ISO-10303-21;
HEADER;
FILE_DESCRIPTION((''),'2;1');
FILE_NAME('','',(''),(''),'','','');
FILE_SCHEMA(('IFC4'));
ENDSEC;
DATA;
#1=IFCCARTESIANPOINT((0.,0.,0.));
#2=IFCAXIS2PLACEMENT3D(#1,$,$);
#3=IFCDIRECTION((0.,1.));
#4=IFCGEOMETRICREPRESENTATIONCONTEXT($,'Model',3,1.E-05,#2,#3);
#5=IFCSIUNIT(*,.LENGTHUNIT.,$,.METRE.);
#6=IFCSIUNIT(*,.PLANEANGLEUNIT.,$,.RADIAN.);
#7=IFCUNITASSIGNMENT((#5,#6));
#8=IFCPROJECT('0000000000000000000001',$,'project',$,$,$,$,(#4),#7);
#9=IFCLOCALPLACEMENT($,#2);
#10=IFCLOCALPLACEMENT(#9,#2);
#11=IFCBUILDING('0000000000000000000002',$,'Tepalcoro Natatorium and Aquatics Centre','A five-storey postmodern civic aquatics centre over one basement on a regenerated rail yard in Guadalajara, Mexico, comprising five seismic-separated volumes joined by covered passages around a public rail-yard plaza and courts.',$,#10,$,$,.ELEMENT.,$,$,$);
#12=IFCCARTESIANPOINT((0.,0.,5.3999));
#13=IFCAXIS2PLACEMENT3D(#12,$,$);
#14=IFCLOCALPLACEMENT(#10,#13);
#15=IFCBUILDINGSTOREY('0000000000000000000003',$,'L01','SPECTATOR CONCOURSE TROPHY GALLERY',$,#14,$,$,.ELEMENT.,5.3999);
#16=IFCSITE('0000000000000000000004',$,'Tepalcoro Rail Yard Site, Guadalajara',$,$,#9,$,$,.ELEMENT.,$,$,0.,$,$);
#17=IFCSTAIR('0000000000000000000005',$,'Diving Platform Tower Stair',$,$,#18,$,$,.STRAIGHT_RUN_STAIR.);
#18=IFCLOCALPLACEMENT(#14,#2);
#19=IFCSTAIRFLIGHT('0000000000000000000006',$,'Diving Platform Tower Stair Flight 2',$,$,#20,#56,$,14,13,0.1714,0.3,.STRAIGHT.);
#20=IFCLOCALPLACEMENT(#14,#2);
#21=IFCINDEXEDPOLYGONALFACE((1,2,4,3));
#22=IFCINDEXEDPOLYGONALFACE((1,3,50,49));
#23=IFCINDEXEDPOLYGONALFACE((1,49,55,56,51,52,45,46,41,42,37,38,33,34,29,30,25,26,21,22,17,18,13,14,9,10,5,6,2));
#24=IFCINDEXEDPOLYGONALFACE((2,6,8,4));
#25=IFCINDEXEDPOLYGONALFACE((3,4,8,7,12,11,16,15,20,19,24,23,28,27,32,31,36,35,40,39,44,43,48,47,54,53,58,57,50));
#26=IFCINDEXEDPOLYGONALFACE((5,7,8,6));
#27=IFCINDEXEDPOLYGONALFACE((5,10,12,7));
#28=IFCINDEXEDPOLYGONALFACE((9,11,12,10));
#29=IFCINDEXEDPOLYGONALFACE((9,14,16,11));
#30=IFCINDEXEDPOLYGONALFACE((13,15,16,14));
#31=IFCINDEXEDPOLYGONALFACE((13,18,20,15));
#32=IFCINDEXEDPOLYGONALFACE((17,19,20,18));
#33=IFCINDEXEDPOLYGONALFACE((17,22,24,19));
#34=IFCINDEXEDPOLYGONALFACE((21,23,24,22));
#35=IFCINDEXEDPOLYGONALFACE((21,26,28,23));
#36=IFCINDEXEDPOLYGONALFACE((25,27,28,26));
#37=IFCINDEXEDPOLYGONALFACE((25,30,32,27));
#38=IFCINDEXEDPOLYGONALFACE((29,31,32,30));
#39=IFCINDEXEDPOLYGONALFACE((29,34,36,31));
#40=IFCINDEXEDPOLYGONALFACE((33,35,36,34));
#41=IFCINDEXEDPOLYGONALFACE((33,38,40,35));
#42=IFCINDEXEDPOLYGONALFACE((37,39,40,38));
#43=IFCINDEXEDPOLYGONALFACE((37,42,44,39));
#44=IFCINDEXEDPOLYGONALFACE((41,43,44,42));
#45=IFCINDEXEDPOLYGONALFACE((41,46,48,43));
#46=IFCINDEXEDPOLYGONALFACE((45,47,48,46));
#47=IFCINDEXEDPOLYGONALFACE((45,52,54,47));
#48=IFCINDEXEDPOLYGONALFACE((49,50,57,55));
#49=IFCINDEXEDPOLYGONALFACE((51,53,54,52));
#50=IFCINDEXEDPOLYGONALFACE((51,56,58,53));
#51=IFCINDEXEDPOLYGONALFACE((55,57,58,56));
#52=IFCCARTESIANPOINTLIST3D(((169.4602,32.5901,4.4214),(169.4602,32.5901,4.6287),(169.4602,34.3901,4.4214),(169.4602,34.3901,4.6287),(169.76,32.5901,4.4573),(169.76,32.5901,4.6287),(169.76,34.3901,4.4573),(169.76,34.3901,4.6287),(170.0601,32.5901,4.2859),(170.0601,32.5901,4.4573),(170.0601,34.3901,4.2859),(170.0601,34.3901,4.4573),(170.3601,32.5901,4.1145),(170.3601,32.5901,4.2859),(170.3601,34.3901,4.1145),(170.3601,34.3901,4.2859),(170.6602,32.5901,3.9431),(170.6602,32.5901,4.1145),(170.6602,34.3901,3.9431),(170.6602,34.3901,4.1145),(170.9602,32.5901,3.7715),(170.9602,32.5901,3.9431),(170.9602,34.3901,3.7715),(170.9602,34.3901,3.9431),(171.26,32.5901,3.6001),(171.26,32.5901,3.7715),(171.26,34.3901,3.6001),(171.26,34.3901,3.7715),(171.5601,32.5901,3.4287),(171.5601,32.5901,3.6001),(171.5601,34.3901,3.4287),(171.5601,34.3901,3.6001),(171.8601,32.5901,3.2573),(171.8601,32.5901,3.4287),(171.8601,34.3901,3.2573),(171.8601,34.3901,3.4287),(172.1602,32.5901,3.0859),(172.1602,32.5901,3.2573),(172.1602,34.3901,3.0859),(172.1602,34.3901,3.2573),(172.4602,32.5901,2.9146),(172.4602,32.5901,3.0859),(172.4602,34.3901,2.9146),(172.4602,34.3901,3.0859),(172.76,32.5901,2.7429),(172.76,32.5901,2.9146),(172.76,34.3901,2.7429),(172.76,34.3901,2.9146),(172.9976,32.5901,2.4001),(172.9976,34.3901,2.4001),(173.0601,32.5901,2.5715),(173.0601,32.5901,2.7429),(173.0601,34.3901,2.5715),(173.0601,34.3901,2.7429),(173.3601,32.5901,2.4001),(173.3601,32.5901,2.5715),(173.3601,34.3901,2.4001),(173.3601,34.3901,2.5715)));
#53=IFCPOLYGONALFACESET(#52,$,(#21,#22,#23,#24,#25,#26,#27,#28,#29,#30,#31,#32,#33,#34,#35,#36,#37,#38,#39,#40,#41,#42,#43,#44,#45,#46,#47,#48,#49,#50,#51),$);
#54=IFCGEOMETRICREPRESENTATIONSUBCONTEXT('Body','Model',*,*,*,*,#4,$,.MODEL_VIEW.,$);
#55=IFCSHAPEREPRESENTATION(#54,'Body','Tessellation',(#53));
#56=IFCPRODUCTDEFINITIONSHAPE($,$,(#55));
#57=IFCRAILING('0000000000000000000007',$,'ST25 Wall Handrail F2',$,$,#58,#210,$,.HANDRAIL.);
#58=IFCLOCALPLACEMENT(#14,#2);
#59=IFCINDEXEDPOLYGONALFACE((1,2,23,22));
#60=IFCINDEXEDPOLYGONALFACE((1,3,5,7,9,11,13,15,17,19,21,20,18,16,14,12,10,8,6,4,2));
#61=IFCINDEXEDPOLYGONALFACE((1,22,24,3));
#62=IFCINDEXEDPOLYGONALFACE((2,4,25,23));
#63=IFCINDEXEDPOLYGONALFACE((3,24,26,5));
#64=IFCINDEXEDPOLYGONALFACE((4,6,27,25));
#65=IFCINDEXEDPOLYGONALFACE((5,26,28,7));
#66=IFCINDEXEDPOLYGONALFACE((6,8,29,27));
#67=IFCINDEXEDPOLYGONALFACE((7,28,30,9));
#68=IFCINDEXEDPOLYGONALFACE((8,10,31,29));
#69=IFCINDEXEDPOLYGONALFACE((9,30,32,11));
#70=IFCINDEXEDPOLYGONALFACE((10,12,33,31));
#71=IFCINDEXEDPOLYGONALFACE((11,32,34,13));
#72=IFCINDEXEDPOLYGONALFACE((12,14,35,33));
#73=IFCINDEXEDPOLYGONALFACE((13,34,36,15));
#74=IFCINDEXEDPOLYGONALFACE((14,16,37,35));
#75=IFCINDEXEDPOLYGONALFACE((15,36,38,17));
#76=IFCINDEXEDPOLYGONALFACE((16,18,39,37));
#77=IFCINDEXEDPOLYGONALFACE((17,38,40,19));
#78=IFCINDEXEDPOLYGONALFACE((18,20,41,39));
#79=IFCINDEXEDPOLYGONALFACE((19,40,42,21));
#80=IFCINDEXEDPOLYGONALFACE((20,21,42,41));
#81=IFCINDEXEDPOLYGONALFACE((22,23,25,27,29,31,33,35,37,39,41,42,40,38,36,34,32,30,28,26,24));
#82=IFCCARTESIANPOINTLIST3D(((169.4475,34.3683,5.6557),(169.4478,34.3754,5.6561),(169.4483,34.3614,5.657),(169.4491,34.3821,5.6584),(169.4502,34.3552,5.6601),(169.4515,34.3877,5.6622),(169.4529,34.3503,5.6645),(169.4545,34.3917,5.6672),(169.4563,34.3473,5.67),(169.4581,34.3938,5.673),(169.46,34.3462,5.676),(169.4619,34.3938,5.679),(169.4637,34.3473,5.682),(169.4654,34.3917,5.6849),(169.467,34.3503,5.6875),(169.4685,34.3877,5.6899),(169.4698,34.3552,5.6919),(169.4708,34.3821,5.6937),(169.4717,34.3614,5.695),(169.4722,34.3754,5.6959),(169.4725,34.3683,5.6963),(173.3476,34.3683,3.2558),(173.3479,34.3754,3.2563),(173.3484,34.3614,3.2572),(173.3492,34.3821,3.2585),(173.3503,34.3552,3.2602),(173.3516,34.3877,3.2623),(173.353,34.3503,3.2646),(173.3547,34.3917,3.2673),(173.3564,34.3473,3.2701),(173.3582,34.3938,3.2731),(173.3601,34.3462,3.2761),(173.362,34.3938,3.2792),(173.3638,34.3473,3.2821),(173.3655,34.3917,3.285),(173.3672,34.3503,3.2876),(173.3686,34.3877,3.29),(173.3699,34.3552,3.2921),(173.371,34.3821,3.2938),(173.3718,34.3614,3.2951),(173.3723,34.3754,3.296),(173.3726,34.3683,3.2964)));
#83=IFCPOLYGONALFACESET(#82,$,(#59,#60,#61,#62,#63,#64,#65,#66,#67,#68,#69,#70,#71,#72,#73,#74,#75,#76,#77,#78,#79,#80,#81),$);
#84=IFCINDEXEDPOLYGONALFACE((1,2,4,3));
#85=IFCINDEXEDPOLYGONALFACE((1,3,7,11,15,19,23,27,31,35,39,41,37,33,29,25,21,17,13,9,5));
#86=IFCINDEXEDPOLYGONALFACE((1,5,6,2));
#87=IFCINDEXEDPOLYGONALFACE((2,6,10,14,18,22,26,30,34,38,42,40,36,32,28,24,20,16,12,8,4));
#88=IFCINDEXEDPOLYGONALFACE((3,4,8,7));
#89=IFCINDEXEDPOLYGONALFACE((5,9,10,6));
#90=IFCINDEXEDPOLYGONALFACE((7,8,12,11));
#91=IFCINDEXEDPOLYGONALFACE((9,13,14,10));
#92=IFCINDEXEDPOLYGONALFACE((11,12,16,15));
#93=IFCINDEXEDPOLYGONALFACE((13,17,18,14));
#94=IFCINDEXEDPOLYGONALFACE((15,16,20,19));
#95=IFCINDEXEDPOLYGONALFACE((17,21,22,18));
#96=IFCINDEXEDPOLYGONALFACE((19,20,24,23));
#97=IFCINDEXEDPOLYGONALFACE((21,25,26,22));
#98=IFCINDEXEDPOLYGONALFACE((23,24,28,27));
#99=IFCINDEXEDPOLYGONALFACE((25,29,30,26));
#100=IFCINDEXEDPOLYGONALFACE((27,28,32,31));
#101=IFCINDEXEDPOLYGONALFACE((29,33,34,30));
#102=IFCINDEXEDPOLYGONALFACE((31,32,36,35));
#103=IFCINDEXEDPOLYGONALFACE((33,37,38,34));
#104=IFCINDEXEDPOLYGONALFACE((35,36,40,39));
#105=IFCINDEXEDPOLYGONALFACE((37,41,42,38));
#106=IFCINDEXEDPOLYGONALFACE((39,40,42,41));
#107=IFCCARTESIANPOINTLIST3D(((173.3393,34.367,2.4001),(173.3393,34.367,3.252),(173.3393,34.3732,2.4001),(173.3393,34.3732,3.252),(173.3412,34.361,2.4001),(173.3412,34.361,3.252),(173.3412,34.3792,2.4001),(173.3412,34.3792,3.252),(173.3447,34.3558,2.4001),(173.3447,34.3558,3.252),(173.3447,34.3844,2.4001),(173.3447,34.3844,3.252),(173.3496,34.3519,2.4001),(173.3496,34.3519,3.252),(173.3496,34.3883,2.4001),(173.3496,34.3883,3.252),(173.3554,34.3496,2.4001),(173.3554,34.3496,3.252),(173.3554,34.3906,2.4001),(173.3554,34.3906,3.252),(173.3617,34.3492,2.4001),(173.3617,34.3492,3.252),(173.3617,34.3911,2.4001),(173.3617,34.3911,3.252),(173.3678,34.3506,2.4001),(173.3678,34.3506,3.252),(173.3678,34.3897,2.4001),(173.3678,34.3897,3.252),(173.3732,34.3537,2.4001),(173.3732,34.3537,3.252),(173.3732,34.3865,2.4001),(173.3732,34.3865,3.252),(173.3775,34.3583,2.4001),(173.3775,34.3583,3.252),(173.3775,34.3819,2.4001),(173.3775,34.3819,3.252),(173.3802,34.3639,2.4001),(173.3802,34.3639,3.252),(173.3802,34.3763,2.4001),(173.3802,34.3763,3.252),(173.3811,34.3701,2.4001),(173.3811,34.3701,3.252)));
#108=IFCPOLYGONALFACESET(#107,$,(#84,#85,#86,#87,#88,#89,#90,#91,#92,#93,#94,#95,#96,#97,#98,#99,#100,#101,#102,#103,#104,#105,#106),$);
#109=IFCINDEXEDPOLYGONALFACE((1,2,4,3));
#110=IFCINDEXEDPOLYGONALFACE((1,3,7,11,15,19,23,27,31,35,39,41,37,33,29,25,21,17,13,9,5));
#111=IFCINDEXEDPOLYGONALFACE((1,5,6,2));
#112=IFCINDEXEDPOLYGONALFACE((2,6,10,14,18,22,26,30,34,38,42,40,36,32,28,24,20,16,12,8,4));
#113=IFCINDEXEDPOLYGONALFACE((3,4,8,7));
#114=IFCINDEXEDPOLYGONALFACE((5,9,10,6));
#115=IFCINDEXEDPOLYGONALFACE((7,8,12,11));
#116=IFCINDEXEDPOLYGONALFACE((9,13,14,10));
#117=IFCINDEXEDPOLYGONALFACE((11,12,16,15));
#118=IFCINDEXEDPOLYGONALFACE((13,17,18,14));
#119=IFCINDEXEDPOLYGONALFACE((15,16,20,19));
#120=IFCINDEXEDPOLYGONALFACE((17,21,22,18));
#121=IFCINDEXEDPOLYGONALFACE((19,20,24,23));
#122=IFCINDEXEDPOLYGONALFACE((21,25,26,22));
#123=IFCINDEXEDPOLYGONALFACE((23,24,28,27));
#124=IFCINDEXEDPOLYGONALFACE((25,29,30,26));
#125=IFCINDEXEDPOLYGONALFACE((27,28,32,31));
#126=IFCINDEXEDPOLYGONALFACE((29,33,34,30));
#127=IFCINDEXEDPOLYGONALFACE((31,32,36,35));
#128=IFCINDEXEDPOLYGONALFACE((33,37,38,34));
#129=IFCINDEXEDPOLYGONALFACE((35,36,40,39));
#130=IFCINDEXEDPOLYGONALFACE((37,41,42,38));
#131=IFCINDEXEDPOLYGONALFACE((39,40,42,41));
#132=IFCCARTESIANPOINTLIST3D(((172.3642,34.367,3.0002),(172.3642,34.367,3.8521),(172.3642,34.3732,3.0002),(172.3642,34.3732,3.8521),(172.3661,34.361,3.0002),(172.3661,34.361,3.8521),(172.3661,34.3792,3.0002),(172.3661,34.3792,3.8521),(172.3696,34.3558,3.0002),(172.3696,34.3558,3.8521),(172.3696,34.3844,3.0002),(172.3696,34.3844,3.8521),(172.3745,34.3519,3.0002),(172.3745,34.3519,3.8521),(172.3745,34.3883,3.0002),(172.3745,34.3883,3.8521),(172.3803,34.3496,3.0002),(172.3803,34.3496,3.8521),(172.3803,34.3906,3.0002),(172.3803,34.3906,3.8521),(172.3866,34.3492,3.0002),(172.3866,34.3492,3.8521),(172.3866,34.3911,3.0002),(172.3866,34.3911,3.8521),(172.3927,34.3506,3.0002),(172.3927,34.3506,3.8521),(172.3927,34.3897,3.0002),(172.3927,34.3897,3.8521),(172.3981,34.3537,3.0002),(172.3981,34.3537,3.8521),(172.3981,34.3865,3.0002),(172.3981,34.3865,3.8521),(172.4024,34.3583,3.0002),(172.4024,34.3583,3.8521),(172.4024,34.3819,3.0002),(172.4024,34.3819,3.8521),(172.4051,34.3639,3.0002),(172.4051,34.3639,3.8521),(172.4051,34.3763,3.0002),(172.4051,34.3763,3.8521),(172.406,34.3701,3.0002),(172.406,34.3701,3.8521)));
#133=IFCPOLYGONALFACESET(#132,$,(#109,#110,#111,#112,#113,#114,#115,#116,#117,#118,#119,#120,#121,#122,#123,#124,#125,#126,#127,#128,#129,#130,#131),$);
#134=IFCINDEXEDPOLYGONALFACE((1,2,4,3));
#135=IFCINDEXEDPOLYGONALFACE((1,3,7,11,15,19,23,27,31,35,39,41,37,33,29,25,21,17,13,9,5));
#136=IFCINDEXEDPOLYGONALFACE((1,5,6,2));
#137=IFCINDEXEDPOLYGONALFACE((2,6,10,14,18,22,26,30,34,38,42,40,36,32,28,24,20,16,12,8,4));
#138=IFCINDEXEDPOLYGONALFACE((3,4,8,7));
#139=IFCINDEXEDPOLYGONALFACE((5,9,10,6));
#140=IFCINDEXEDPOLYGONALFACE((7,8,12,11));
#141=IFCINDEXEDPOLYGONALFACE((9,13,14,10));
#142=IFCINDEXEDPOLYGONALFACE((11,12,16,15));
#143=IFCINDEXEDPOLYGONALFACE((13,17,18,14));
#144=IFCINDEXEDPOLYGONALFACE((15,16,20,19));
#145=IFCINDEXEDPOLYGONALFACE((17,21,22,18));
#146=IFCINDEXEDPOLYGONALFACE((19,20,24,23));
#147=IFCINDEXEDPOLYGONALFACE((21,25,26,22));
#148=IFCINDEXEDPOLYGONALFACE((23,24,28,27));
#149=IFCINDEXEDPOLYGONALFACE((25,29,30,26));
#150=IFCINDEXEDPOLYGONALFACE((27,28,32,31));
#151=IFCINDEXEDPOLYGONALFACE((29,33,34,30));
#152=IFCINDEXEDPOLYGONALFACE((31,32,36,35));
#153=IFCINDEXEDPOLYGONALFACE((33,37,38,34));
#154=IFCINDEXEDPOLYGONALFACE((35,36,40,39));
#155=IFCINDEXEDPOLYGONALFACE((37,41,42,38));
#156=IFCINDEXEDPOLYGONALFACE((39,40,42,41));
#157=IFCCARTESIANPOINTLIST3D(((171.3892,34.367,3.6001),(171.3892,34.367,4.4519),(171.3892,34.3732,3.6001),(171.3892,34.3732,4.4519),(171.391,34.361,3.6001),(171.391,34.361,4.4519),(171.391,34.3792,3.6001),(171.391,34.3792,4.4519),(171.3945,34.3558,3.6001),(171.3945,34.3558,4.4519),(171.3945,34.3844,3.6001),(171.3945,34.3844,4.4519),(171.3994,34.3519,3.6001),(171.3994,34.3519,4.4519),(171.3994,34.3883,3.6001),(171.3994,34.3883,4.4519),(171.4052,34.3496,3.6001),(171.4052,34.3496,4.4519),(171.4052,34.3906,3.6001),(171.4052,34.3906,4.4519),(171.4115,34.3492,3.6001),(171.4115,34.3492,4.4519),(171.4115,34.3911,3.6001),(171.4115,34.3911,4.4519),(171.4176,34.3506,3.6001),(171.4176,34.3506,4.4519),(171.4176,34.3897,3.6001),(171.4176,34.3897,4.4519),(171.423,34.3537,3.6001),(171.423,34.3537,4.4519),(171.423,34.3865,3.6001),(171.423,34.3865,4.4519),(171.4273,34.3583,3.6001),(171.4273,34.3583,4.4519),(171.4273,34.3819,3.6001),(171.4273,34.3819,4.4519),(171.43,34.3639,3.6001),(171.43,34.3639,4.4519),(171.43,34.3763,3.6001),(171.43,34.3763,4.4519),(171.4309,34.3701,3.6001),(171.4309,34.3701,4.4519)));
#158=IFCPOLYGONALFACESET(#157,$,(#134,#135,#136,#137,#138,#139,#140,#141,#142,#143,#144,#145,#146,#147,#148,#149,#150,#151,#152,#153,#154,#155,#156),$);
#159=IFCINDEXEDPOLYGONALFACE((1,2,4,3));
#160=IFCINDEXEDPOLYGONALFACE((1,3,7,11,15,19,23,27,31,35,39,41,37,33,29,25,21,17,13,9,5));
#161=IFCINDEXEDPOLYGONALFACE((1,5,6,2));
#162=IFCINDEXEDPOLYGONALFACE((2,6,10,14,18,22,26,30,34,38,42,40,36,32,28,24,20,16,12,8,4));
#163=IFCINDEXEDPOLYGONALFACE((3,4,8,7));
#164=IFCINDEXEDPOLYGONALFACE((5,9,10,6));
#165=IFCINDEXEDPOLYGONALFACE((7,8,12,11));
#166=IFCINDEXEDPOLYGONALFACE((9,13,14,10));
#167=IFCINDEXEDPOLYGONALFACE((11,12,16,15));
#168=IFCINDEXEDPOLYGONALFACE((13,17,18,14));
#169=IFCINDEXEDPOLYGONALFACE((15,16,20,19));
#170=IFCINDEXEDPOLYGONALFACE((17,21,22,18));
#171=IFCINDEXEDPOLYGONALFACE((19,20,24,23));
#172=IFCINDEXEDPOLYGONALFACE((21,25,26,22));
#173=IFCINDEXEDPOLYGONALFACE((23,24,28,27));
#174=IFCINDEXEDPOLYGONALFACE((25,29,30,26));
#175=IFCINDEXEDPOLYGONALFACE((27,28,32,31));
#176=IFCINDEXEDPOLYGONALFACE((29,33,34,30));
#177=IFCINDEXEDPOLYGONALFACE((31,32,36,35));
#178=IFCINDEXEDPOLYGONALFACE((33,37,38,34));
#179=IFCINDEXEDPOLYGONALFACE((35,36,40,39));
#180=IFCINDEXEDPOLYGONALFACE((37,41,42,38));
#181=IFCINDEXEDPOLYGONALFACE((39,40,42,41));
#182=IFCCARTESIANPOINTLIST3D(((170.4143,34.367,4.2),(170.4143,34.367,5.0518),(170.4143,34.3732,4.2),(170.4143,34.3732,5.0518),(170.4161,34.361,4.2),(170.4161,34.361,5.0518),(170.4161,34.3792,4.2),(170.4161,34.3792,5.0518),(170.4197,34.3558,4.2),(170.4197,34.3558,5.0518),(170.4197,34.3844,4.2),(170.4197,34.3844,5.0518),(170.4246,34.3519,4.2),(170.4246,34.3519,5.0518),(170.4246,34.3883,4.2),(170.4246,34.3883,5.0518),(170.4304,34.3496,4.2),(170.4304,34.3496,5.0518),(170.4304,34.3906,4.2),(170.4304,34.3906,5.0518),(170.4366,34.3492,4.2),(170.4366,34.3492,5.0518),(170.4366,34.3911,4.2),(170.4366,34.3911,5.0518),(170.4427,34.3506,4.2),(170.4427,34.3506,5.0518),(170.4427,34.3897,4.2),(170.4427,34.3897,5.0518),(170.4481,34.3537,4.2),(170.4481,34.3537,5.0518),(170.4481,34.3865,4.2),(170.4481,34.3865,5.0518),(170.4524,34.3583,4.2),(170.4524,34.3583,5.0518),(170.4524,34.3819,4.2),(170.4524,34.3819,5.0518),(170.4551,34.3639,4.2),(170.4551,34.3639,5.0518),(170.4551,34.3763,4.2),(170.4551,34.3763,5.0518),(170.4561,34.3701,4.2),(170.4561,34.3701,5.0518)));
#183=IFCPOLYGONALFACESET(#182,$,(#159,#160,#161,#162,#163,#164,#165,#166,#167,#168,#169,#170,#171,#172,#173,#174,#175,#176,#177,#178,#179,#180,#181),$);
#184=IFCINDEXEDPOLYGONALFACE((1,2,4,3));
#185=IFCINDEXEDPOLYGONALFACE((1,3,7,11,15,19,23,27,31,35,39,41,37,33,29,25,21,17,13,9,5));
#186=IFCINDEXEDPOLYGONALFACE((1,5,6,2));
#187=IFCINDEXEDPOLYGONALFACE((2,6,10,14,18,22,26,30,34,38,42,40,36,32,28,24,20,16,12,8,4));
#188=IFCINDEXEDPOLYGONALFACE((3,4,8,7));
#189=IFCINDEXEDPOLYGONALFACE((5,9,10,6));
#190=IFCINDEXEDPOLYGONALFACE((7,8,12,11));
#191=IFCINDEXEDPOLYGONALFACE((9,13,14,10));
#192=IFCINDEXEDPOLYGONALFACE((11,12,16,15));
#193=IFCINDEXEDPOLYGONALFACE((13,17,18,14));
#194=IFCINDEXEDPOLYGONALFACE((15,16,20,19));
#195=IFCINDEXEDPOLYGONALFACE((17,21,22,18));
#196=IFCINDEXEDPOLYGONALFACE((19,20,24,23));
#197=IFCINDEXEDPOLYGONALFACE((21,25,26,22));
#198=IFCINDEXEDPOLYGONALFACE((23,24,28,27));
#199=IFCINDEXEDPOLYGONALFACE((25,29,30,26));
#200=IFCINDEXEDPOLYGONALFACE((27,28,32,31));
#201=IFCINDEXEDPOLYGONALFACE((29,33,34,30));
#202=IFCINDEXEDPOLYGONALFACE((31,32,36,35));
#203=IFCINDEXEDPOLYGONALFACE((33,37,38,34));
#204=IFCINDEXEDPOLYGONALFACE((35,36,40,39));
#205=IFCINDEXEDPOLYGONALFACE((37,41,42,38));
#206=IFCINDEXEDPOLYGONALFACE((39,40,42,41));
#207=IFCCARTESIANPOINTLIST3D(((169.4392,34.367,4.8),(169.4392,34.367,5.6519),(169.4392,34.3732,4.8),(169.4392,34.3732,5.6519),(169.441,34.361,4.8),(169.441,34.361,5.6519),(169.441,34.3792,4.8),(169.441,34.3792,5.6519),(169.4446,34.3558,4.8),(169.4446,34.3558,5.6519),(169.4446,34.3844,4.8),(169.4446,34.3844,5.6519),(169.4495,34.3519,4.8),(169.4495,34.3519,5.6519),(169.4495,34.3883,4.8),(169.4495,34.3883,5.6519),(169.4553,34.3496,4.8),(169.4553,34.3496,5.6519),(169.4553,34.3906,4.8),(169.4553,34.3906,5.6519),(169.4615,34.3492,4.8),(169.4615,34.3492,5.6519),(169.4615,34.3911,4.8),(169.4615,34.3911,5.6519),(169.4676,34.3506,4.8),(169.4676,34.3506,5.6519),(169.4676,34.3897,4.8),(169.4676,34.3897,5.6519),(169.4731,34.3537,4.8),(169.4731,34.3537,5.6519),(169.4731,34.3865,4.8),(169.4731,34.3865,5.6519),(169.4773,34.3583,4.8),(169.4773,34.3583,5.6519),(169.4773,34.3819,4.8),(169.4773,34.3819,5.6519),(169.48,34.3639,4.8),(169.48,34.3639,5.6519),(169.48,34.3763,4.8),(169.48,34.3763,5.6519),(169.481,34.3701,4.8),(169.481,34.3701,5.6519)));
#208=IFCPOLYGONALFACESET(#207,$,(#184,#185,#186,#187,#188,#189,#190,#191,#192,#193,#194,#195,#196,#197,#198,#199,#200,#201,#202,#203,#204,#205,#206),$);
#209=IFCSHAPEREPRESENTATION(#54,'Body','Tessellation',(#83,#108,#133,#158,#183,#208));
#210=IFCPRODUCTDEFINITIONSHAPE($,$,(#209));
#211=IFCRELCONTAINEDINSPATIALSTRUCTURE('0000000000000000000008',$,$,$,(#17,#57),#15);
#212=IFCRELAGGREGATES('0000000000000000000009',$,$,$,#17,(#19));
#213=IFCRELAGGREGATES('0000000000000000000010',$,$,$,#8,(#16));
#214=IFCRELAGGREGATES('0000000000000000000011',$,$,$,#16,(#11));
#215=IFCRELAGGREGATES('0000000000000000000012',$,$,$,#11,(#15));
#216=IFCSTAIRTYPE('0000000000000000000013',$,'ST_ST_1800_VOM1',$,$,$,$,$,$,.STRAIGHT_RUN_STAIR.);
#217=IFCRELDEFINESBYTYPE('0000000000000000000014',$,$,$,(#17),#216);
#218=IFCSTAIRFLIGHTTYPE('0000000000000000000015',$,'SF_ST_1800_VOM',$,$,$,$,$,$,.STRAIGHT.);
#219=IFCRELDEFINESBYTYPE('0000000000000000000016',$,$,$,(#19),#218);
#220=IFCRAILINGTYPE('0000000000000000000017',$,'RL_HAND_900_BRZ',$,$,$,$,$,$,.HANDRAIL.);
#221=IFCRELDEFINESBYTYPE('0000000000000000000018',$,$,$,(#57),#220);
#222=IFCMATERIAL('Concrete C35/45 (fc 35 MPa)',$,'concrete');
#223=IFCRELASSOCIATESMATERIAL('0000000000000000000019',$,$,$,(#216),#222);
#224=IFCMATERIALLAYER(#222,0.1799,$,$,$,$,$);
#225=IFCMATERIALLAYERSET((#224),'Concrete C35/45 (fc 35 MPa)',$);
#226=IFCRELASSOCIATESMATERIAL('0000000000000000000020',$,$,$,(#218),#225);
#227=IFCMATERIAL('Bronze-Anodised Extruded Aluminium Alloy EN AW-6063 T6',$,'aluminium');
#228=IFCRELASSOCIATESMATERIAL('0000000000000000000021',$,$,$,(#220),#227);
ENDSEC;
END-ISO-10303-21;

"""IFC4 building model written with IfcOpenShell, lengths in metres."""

from ifc_helpers import new_model, si_unit, direction, frame, origin, origin_2d, place, context, subcontext, project, spatial, polyline, circle, outline, extrude, material, layer, layer_set, type_object, element, aggregate, save


model = new_model("IFC4")

# Units and contexts
model_context = context("Model", 3, precision=1e-05, world=origin(), true_north=direction((0.0, 1.0)))
body_context = subcontext(model_context, "Body", "Model", "MODEL_VIEW")
ifc_project = project(units=[si_unit("LENGTHUNIT", "METRE"), si_unit("PLANEANGLEUNIT", "RADIAN")], contexts=[model_context])

# Site, building, storey
site_placement = place(None, origin())
site = spatial("IfcSite", under=ifc_project, at=site_placement, Name="Tepalcoro Rail Yard Site, Guadalajara", CompositionType="ELEMENT", RefElevation=0.0)
building_placement = place(site_placement, origin())
building = spatial("IfcBuilding", under=site, at=building_placement, Name="Tepalcoro Natatorium and Aquatics Centre", Description="A five-storey postmodern civic aquatics centre over one basement on a regenerated rail yard in Guadalajara, Mexico, comprising five seismic-separated volumes joined by covered passages around a public rail-yard plaza and courts.", CompositionType="ELEMENT")
storey_placement = place(building_placement, frame((0.0, 0.0, 5.3999)))
storey = spatial("IfcBuildingStorey", under=building, at=storey_placement, Name="L01", Description="SPECTATOR CONCOURSE TROPHY GALLERY", CompositionType="ELEMENT", Elevation=5.3999)

# Shared definitions
ifc_material_1 = material(Name="Bronze-Anodised Extruded Aluminium Alloy EN AW-6063 T6", Category="aluminium")

# Stair, stair flight
ifc_material_2 = material(Name="Concrete C35/45 (fc 35 MPa)", Category="concrete")
stair_type = type_object("IfcStairType", Name="ST_ST_1800_VOM1", PredefinedType="STRAIGHT_RUN_STAIR", material=ifc_material_2)
stair_placement = place(storey_placement, origin())
stair = element("IfcStair", 1, at=stair_placement, inside=storey, type_object=stair_type, Name="Diving Platform Tower Stair", PredefinedType="STRAIGHT_RUN_STAIR")
ifc_layer_1 = layer(ifc_material_2, 0.1799)
ifc_layer_set_1 = layer_set([ifc_layer_1], Name="Concrete C35/45 (fc 35 MPa)")
stair_flight_type = type_object("IfcStairFlightType", Name="SF_ST_1800_VOM", PredefinedType="STRAIGHT", material=ifc_layer_set_1)
stair_flight_placement = place(storey_placement, frame((173.3601, 33.49, 2.4001), z_axis=(0.0, 0.0, 1.0), x_axis=(-1.0, 0.0, 0.0)))
stair_flight = element("IfcStairFlight", 2, at=stair_flight_placement, type_object=stair_flight_type, Name="Diving Platform Tower Stair Flight 2", NumberOfRisers=14, NumberOfTreads=13, PredefinedType="STRAIGHT", RiserHeight=0.1714, TreadLength=0.3, context=body_context, shape_type="SweptSolid", body=[
    extrude(outline(polyline([(0.0, 0.0), (0.0, 0.1714), (0.3, 0.1714), (0.3, 0.3428), (0.6001, 0.3428), (0.6001, 0.5144), (0.8999, 0.5144), (0.8999, 0.6858), (1.2, 0.6858), (1.2, 0.8572), (1.5, 0.8572), (1.5, 1.0286), (1.8, 1.0286), (1.8, 1.2), (2.1001, 1.2), (2.1001, 1.3713), (2.3999, 1.3713), (2.3999, 1.543), (2.7, 1.543), (2.7, 1.7144), (3.0, 1.7144), (3.0, 1.8857), (3.3, 1.8857), (3.3, 2.0571), (3.6001, 2.0571), (3.6001, 2.2285), (3.8999, 2.2285), (3.8999, 2.3999), (3.8999, 2.0212), (0.3625, 0.0), (0.0, 0.0)])), frame((0.0, 0.8999, 0.0), z_axis=(0.0, -1.0, 0.0), x_axis=(1.0, 0.0, 0.0)), (0.0, 0.0, 1.0), 1.8),
])
aggregate(stair, [stair_flight])

# Railing
railing_type_1 = type_object("IfcRailingType", Name="RL_HAND_900_BRZ", PredefinedType="HANDRAIL", material=ifc_material_1)
railing_1_placement = place(storey_placement, frame((173.3601, 34.3701, 2.4001)))
element("IfcRailing", 3, at=railing_1_placement, inside=storey, type_object=railing_type_1, Name="ST25 Wall Handrail F2", PredefinedType="HANDRAIL", context=body_context, shape_type="SweptSolid", body=[
    extrude(circle(Radius=0.0239, at=origin_2d()), frame((0.0, 0.0, 0.876), z_axis=(-0.851677, 0.0, 0.524068), x_axis=(0.0, -1.0, 0.0)), (0.0, 0.0, 1.0), 4.5793),
    extrude(circle(Radius=0.021, at=origin_2d()), origin(), (0.0, 0.0, 1.0), 0.8518),
    extrude(circle(Radius=0.021, at=origin_2d()), frame((-0.9751, 0.0, 0.6001)), (0.0, 0.0, 1.0), 0.8518),
    extrude(circle(Radius=0.021, at=origin_2d()), frame((-1.9502, 0.0, 1.2)), (0.0, 0.0, 1.0), 0.8518),
    extrude(circle(Radius=0.021, at=origin_2d()), frame((-2.925, 0.0, 1.7998)), (0.0, 0.0, 1.0), 0.8518),
    extrude(circle(Radius=0.021, at=origin_2d()), frame((-3.9001, 0.0, 2.3999)), (0.0, 0.0, 1.0), 0.8518),
])

save(model, "model.ifc")
